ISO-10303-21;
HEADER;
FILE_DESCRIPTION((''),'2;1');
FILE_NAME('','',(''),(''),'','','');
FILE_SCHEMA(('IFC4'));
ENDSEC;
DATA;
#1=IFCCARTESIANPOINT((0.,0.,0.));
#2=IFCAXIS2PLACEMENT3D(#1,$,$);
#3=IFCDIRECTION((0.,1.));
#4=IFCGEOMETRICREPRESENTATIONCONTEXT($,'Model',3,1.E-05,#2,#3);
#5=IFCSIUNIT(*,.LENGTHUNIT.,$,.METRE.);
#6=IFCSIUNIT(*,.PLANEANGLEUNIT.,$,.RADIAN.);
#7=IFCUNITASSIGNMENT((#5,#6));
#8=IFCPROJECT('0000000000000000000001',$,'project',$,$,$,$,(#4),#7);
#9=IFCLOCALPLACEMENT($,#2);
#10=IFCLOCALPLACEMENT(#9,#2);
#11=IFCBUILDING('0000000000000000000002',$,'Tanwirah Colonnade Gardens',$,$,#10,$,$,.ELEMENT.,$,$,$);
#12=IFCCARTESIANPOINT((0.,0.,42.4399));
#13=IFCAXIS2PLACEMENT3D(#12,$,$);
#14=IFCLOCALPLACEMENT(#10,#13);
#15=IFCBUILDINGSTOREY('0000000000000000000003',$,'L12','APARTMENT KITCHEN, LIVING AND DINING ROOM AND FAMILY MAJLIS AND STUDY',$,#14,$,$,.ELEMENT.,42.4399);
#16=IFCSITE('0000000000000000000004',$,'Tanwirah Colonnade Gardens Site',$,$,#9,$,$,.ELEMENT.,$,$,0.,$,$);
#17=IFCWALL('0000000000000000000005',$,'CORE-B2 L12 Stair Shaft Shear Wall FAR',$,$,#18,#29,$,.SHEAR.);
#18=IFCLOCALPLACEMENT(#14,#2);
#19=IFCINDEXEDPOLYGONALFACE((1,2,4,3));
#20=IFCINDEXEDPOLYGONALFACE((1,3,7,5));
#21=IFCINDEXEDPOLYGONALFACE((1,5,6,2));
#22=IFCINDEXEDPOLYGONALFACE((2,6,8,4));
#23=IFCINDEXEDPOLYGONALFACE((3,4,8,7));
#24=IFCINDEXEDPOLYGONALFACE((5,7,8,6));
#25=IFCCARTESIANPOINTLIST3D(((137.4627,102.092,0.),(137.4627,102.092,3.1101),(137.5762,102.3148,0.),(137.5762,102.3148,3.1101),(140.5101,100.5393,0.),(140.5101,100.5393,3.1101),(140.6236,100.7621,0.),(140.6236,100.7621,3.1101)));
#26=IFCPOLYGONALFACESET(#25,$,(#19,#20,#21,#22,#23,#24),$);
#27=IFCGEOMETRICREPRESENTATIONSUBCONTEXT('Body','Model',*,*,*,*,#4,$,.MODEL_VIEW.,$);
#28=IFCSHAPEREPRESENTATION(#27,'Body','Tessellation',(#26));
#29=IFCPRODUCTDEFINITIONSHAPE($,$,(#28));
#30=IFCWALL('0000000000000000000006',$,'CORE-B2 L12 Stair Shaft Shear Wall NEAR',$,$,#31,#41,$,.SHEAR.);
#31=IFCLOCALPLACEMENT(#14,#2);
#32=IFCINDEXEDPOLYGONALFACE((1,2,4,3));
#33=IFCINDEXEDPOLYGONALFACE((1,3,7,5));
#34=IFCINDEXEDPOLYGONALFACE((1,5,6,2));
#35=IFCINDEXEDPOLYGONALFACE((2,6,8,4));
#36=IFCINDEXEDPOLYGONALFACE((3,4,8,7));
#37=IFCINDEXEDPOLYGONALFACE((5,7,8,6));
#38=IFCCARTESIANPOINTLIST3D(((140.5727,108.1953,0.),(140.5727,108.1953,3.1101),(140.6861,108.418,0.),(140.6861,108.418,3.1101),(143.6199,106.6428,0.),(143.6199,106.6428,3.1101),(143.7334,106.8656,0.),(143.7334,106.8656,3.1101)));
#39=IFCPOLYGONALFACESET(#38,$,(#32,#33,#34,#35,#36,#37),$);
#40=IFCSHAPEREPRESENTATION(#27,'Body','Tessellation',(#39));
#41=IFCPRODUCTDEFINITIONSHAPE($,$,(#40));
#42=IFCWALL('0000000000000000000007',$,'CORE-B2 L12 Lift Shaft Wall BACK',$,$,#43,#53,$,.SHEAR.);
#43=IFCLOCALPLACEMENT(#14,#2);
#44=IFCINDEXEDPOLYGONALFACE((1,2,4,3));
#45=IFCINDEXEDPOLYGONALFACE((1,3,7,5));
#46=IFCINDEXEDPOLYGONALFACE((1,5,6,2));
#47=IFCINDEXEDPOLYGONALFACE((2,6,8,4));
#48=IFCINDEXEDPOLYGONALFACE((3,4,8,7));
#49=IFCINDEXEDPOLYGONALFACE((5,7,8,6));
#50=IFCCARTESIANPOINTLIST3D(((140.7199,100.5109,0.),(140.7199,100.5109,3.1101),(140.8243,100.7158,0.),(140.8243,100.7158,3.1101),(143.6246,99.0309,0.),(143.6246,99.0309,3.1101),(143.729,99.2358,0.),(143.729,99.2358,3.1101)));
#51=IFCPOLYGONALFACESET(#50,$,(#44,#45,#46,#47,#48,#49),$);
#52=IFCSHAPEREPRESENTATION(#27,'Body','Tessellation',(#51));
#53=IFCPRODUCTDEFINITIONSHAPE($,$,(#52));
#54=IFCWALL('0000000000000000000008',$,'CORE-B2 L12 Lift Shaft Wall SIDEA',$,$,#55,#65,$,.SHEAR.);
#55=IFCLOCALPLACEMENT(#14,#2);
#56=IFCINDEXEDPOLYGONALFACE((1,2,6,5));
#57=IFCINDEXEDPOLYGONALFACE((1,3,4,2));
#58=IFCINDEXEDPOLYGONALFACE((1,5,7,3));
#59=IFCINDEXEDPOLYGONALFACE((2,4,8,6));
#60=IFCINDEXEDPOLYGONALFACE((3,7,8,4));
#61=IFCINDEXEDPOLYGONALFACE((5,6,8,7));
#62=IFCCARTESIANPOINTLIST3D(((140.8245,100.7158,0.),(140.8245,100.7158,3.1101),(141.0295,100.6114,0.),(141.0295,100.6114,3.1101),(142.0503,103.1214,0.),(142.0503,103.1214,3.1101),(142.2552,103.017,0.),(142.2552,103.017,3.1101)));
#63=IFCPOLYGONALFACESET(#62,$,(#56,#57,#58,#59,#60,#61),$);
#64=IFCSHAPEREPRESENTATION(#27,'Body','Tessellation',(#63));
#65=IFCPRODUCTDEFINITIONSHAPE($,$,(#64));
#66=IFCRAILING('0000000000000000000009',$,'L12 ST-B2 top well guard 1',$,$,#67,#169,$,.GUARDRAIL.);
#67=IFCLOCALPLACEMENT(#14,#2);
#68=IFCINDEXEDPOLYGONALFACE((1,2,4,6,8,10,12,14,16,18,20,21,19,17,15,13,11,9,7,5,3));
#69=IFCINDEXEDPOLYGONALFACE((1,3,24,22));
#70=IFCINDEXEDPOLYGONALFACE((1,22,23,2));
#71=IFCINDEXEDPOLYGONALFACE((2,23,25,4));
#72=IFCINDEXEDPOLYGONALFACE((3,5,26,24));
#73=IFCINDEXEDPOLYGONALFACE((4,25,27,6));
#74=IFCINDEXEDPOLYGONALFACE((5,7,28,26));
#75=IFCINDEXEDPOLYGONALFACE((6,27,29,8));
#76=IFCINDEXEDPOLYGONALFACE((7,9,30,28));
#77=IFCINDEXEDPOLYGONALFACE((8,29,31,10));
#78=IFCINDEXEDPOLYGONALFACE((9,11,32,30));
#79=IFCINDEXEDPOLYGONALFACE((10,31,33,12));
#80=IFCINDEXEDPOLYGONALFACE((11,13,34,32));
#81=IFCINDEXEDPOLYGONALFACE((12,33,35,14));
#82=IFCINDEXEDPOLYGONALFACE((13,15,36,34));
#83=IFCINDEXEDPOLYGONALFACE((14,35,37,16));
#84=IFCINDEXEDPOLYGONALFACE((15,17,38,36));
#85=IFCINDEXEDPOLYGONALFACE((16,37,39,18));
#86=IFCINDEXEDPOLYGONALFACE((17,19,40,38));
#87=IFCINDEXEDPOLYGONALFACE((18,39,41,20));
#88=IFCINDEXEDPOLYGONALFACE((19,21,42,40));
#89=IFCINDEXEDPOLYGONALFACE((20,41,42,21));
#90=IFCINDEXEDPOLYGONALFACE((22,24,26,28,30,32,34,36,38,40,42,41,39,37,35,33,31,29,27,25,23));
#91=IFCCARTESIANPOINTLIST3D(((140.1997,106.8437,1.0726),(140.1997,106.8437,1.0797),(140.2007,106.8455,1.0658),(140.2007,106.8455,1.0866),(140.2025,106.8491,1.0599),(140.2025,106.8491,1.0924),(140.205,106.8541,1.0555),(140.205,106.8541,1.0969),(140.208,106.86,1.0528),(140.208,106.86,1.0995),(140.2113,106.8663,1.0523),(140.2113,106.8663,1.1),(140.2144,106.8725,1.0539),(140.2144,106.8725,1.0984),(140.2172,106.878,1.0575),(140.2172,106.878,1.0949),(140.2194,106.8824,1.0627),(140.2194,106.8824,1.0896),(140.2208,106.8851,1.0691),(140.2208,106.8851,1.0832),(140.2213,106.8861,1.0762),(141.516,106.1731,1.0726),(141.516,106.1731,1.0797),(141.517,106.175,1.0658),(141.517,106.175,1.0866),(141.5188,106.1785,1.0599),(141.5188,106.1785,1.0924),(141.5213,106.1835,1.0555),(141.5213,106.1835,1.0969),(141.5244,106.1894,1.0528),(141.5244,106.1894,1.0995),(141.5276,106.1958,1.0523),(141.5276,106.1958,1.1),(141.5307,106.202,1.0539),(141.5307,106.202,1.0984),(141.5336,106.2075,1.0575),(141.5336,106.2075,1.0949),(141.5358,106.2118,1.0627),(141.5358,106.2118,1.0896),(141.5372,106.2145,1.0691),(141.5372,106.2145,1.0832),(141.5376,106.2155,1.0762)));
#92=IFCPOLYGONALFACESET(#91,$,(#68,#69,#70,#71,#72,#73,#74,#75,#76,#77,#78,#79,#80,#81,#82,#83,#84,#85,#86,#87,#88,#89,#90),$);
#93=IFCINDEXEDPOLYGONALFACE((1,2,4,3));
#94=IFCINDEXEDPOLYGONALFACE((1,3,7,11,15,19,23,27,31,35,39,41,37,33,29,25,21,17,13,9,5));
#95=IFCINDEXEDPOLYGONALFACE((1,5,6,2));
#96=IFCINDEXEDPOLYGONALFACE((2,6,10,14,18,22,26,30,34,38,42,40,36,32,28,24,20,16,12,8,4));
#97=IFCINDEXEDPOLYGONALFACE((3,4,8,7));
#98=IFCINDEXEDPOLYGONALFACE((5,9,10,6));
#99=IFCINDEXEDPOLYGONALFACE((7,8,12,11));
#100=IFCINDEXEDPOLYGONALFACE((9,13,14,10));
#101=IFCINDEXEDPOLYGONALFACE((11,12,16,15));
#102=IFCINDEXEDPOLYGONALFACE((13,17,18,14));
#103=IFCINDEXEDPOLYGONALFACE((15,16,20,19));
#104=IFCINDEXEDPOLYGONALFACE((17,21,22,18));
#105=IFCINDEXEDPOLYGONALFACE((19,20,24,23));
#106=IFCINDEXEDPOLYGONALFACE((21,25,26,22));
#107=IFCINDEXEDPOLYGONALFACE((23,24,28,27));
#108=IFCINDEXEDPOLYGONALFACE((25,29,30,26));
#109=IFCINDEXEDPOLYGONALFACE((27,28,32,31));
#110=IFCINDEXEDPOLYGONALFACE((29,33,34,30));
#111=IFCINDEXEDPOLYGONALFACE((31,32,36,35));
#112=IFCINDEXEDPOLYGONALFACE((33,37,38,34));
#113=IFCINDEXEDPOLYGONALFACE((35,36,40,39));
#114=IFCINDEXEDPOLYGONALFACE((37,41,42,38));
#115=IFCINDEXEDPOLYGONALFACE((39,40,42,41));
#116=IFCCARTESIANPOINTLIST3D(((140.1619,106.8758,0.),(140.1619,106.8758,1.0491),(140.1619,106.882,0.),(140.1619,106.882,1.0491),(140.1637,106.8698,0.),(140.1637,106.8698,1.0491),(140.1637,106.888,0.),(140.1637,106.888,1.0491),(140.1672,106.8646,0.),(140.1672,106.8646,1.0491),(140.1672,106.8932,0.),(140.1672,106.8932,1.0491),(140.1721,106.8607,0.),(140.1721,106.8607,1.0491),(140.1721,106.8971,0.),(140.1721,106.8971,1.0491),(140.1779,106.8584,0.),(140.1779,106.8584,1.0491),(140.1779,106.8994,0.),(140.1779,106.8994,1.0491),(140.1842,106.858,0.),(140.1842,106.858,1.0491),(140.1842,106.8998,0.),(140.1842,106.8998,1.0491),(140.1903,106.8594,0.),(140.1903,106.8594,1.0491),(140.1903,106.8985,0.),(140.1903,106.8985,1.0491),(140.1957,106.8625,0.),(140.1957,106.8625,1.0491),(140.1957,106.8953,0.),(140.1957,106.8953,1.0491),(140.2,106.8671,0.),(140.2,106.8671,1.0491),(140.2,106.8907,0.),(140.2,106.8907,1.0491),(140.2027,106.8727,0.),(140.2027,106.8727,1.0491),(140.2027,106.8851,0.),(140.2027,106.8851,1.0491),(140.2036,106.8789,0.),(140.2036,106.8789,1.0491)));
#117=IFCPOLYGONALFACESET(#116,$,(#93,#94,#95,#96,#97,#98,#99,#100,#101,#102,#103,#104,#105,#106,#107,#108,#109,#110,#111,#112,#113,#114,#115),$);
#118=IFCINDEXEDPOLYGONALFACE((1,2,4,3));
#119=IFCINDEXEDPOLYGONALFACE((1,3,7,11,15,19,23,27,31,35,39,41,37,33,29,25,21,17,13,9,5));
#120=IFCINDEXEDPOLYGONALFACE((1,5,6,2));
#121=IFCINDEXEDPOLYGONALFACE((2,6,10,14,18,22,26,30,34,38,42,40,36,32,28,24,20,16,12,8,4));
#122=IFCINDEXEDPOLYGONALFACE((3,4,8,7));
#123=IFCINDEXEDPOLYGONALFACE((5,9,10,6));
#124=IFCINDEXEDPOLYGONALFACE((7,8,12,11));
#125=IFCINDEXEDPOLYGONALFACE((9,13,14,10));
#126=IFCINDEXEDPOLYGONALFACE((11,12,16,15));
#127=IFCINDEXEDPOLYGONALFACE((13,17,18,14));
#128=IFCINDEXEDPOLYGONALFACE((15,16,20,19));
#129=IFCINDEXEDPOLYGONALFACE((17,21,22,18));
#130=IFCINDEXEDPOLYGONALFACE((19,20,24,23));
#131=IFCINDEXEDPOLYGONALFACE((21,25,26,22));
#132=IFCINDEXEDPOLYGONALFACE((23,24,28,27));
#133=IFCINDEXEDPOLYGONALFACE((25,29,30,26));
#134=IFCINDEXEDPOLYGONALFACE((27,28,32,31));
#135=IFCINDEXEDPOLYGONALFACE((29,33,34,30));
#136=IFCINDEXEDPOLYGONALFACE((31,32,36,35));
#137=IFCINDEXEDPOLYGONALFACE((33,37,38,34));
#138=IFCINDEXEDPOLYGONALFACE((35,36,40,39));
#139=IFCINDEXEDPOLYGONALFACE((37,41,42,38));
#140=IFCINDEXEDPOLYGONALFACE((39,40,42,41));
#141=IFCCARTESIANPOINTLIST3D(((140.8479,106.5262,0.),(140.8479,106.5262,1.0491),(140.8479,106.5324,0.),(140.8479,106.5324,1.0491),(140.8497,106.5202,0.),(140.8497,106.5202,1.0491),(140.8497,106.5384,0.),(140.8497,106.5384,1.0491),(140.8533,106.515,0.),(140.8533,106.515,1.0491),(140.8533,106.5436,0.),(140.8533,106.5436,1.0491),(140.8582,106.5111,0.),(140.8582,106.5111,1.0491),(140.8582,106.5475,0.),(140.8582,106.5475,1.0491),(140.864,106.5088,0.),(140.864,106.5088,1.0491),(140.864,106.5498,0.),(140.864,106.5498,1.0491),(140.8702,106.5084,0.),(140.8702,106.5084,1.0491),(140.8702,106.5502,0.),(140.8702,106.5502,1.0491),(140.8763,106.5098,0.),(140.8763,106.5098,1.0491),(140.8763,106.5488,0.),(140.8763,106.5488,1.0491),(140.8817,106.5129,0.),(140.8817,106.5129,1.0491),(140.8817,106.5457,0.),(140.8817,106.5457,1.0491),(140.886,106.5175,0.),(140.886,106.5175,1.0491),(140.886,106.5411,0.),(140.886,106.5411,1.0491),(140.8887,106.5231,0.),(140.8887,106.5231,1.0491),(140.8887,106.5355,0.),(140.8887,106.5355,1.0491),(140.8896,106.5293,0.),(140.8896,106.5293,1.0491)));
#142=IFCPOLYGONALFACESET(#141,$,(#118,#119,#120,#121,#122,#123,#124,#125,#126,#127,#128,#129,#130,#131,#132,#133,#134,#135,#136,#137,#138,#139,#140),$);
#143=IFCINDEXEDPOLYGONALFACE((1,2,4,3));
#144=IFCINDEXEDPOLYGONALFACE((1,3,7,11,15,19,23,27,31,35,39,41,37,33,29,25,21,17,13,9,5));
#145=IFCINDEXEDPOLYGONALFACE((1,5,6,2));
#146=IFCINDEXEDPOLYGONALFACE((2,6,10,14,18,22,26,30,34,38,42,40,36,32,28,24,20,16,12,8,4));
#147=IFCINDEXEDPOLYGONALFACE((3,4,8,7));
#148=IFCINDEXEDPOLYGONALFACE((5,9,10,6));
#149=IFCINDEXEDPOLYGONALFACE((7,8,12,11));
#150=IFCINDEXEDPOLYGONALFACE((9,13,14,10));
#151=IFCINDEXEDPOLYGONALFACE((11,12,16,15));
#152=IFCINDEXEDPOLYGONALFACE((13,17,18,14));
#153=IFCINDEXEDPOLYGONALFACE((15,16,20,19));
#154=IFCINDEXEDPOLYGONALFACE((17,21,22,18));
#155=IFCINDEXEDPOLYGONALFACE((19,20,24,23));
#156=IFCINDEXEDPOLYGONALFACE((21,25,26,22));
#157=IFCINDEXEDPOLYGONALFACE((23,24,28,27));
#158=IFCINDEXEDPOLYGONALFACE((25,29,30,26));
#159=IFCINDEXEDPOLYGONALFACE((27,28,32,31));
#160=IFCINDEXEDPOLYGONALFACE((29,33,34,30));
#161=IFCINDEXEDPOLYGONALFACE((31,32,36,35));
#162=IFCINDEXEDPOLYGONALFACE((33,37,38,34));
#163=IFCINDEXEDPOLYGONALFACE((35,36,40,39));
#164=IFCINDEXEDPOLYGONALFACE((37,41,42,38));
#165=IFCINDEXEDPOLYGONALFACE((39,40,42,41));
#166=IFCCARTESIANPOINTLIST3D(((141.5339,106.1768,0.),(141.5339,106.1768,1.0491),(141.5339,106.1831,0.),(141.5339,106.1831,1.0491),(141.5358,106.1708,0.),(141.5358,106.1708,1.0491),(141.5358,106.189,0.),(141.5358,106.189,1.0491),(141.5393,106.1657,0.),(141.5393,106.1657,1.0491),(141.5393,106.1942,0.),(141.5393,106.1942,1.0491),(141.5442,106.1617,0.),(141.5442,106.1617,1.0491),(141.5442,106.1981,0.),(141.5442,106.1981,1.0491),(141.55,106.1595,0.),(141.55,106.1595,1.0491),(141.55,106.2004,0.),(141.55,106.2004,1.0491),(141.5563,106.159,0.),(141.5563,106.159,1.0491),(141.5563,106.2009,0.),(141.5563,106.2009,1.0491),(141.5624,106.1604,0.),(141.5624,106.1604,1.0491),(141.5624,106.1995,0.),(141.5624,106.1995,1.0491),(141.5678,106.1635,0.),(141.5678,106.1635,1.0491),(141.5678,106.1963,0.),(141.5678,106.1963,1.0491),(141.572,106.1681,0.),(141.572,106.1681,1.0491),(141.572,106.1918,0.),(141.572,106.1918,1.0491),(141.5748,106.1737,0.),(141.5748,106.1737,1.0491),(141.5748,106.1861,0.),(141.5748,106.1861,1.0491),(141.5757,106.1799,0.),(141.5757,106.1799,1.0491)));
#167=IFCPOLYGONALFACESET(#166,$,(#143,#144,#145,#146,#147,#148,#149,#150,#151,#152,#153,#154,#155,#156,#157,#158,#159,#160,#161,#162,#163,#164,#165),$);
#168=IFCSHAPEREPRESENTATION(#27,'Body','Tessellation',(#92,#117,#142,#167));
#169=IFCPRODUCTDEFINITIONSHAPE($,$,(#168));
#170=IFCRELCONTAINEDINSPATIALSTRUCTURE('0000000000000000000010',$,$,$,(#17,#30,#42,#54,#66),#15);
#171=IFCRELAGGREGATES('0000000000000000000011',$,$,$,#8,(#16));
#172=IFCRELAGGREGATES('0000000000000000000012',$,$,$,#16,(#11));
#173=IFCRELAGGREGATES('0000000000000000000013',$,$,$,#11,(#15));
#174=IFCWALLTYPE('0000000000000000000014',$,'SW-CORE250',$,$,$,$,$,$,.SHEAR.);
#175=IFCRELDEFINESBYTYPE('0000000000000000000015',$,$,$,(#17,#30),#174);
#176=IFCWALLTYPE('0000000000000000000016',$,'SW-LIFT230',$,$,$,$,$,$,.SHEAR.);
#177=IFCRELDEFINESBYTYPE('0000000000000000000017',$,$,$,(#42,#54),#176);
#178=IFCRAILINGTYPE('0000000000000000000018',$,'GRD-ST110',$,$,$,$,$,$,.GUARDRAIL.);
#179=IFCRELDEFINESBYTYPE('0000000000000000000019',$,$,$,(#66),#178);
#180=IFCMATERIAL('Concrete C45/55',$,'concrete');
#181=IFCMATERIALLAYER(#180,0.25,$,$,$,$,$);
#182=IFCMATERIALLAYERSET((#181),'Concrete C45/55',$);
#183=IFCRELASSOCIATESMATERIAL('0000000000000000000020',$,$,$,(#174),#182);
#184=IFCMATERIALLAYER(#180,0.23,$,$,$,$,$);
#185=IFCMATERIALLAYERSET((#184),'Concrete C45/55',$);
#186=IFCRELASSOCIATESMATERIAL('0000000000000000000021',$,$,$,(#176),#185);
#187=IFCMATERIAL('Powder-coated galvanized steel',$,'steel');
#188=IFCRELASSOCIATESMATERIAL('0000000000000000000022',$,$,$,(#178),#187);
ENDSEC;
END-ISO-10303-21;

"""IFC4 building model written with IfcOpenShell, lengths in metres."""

from ifc_helpers import new_model, si_unit, direction, frame, frame_2d, origin, origin_2d, place, context, subcontext, project, spatial, rectangle, circle, extrude, material, layer, layer_set, type_object, element, save


model = new_model("IFC4")

# Units and contexts
model_context = context("Model", 3, precision=1e-05, world=origin(), true_north=direction((0.0, 1.0)))
body_context = subcontext(model_context, "Body", "Model", "MODEL_VIEW")
ifc_project = project(units=[si_unit("LENGTHUNIT", "METRE"), si_unit("PLANEANGLEUNIT", "RADIAN")], contexts=[model_context])

# Site, building, storey
site_placement = place(None, origin())
site = spatial("IfcSite", under=ifc_project, at=site_placement, Name="Tanwirah Colonnade Gardens Site", CompositionType="ELEMENT", RefElevation=0.0)
building_placement = place(site_placement, origin())
building = spatial("IfcBuilding", under=site, at=building_placement, Name="Tanwirah Colonnade Gardens", CompositionType="ELEMENT")
storey_placement = place(building_placement, frame((0.0, 0.0, 42.4399)))
storey = spatial("IfcBuildingStorey", under=building, at=storey_placement, Name="L12", Description="APARTMENT KITCHEN, LIVING AND DINING ROOM AND FAMILY MAJLIS AND STUDY", CompositionType="ELEMENT", Elevation=42.4399)

# Walls
ifc_material_1 = material(Name="Concrete C45/55", Category="concrete")
ifc_layer_1 = layer(ifc_material_1, 0.25)
ifc_layer_set_1 = layer_set([ifc_layer_1], Name="Concrete C45/55")
wall_type_1 = type_object("IfcWallType", Name="SW-CORE250", PredefinedType="SHEAR", material=ifc_layer_set_1)
wall_1_placement = place(storey_placement, frame((137.5195, 102.2034, 0.0), z_axis=(0.0, 0.0, 1.0), x_axis=(0.891004, -0.453996, 0.0)))
element("IfcWall", 1, at=wall_1_placement, inside=storey, type_object=wall_type_1, Name="CORE-B2 L12 Stair Shaft Shear Wall FAR", PredefinedType="SHEAR", context=body_context, shape_type="SweptSolid", body=[
    extrude(rectangle(XDim=3.4202, YDim=0.25, at=frame_2d((1.71, 0.0))), origin(), (0.0, 0.0, 1.0), 3.1101),
])
wall_2_placement = place(storey_placement, frame((140.6294, 108.3066, 0.0), z_axis=(0.0, 0.0, 1.0), x_axis=(0.891032, -0.45394, 0.0)))
element("IfcWall", 2, at=wall_2_placement, inside=storey, type_object=wall_type_1, Name="CORE-B2 L12 Stair Shaft Shear Wall NEAR", PredefinedType="SHEAR", context=body_context, shape_type="SweptSolid", body=[
    extrude(rectangle(XDim=3.4199, YDim=0.25, at=frame_2d((1.71, 0.0))), origin(), (0.0, 0.0, 1.0), 3.1101),
])

# Shared definitions
ifc_layer_2 = layer(ifc_material_1, 0.23)
ifc_layer_set_2 = layer_set([ifc_layer_2], Name="Concrete C45/55")
wall_type_2 = type_object("IfcWallType", Name="SW-LIFT230", PredefinedType="SHEAR", material=ifc_layer_set_2)

# Walls
wall_3_placement = place(storey_placement, frame((140.7722, 100.6133, 0.0), z_axis=(0.0, 0.0, 1.0), x_axis=(0.891017, -0.453971, 0.0)))
element("IfcWall", 3, at=wall_3_placement, inside=storey, type_object=wall_type_2, Name="CORE-B2 L12 Lift Shaft Wall BACK", PredefinedType="SHEAR", context=body_context, shape_type="SweptSolid", body=[
    extrude(rectangle(XDim=3.26, YDim=0.23, at=frame_2d((1.6299, 0.0))), origin(), (0.0, 0.0, 1.0), 3.1101),
])
wall_4_placement = place(storey_placement, frame((142.1528, 103.0693, 0.0), z_axis=(0.0, 0.0, 1.0), x_axis=(-0.454, -0.891002, 0.0)))
element("IfcWall", 4, at=wall_4_placement, inside=storey, type_object=wall_type_2, Name="CORE-B2 L12 Lift Shaft Wall SIDEA", PredefinedType="SHEAR", context=body_context, shape_type="SweptSolid", body=[
    extrude(rectangle(XDim=2.7, YDim=0.23, at=frame_2d((1.3501, 0.0))), origin(), (0.0, 0.0, 1.0), 3.1101),
])

# Railing
ifc_material_2 = material(Name="Powder-coated galvanized steel", Category="steel")
railing_type_1 = type_object("IfcRailingType", Name="GRD-ST110", PredefinedType="GUARDRAIL", material=ifc_material_2)
railing_1_placement = place(storey_placement, frame((140.1826, 106.8789, 0.0)))
element("IfcRailing", 5, at=railing_1_placement, inside=storey, type_object=railing_type_1, Name="L12 ST-B2 top well guard 1", PredefinedType="GUARDRAIL", context=body_context, shape_type="SweptSolid", body=[
    extrude(circle(Radius=0.0239, at=origin_2d()), frame((0.0278, -0.0142, 1.0762), z_axis=(0.891041, -0.453923, 0.0), x_axis=(0.453923, 0.891041, 0.0)), (0.0, 0.0, 1.0), 1.4773),
    extrude(circle(Radius=0.021, at=origin_2d()), origin(), (0.0, 0.0, 1.0), 1.0491),
    extrude(circle(Radius=0.021, at=origin_2d()), frame((0.686, -0.3496, 0.0)), (0.0, 0.0, 1.0), 1.0491),
    extrude(circle(Radius=0.021, at=origin_2d()), frame((1.3721, -0.699, 0.0)), (0.0, 0.0, 1.0), 1.0491),
])

save(model, "model.ifc")
